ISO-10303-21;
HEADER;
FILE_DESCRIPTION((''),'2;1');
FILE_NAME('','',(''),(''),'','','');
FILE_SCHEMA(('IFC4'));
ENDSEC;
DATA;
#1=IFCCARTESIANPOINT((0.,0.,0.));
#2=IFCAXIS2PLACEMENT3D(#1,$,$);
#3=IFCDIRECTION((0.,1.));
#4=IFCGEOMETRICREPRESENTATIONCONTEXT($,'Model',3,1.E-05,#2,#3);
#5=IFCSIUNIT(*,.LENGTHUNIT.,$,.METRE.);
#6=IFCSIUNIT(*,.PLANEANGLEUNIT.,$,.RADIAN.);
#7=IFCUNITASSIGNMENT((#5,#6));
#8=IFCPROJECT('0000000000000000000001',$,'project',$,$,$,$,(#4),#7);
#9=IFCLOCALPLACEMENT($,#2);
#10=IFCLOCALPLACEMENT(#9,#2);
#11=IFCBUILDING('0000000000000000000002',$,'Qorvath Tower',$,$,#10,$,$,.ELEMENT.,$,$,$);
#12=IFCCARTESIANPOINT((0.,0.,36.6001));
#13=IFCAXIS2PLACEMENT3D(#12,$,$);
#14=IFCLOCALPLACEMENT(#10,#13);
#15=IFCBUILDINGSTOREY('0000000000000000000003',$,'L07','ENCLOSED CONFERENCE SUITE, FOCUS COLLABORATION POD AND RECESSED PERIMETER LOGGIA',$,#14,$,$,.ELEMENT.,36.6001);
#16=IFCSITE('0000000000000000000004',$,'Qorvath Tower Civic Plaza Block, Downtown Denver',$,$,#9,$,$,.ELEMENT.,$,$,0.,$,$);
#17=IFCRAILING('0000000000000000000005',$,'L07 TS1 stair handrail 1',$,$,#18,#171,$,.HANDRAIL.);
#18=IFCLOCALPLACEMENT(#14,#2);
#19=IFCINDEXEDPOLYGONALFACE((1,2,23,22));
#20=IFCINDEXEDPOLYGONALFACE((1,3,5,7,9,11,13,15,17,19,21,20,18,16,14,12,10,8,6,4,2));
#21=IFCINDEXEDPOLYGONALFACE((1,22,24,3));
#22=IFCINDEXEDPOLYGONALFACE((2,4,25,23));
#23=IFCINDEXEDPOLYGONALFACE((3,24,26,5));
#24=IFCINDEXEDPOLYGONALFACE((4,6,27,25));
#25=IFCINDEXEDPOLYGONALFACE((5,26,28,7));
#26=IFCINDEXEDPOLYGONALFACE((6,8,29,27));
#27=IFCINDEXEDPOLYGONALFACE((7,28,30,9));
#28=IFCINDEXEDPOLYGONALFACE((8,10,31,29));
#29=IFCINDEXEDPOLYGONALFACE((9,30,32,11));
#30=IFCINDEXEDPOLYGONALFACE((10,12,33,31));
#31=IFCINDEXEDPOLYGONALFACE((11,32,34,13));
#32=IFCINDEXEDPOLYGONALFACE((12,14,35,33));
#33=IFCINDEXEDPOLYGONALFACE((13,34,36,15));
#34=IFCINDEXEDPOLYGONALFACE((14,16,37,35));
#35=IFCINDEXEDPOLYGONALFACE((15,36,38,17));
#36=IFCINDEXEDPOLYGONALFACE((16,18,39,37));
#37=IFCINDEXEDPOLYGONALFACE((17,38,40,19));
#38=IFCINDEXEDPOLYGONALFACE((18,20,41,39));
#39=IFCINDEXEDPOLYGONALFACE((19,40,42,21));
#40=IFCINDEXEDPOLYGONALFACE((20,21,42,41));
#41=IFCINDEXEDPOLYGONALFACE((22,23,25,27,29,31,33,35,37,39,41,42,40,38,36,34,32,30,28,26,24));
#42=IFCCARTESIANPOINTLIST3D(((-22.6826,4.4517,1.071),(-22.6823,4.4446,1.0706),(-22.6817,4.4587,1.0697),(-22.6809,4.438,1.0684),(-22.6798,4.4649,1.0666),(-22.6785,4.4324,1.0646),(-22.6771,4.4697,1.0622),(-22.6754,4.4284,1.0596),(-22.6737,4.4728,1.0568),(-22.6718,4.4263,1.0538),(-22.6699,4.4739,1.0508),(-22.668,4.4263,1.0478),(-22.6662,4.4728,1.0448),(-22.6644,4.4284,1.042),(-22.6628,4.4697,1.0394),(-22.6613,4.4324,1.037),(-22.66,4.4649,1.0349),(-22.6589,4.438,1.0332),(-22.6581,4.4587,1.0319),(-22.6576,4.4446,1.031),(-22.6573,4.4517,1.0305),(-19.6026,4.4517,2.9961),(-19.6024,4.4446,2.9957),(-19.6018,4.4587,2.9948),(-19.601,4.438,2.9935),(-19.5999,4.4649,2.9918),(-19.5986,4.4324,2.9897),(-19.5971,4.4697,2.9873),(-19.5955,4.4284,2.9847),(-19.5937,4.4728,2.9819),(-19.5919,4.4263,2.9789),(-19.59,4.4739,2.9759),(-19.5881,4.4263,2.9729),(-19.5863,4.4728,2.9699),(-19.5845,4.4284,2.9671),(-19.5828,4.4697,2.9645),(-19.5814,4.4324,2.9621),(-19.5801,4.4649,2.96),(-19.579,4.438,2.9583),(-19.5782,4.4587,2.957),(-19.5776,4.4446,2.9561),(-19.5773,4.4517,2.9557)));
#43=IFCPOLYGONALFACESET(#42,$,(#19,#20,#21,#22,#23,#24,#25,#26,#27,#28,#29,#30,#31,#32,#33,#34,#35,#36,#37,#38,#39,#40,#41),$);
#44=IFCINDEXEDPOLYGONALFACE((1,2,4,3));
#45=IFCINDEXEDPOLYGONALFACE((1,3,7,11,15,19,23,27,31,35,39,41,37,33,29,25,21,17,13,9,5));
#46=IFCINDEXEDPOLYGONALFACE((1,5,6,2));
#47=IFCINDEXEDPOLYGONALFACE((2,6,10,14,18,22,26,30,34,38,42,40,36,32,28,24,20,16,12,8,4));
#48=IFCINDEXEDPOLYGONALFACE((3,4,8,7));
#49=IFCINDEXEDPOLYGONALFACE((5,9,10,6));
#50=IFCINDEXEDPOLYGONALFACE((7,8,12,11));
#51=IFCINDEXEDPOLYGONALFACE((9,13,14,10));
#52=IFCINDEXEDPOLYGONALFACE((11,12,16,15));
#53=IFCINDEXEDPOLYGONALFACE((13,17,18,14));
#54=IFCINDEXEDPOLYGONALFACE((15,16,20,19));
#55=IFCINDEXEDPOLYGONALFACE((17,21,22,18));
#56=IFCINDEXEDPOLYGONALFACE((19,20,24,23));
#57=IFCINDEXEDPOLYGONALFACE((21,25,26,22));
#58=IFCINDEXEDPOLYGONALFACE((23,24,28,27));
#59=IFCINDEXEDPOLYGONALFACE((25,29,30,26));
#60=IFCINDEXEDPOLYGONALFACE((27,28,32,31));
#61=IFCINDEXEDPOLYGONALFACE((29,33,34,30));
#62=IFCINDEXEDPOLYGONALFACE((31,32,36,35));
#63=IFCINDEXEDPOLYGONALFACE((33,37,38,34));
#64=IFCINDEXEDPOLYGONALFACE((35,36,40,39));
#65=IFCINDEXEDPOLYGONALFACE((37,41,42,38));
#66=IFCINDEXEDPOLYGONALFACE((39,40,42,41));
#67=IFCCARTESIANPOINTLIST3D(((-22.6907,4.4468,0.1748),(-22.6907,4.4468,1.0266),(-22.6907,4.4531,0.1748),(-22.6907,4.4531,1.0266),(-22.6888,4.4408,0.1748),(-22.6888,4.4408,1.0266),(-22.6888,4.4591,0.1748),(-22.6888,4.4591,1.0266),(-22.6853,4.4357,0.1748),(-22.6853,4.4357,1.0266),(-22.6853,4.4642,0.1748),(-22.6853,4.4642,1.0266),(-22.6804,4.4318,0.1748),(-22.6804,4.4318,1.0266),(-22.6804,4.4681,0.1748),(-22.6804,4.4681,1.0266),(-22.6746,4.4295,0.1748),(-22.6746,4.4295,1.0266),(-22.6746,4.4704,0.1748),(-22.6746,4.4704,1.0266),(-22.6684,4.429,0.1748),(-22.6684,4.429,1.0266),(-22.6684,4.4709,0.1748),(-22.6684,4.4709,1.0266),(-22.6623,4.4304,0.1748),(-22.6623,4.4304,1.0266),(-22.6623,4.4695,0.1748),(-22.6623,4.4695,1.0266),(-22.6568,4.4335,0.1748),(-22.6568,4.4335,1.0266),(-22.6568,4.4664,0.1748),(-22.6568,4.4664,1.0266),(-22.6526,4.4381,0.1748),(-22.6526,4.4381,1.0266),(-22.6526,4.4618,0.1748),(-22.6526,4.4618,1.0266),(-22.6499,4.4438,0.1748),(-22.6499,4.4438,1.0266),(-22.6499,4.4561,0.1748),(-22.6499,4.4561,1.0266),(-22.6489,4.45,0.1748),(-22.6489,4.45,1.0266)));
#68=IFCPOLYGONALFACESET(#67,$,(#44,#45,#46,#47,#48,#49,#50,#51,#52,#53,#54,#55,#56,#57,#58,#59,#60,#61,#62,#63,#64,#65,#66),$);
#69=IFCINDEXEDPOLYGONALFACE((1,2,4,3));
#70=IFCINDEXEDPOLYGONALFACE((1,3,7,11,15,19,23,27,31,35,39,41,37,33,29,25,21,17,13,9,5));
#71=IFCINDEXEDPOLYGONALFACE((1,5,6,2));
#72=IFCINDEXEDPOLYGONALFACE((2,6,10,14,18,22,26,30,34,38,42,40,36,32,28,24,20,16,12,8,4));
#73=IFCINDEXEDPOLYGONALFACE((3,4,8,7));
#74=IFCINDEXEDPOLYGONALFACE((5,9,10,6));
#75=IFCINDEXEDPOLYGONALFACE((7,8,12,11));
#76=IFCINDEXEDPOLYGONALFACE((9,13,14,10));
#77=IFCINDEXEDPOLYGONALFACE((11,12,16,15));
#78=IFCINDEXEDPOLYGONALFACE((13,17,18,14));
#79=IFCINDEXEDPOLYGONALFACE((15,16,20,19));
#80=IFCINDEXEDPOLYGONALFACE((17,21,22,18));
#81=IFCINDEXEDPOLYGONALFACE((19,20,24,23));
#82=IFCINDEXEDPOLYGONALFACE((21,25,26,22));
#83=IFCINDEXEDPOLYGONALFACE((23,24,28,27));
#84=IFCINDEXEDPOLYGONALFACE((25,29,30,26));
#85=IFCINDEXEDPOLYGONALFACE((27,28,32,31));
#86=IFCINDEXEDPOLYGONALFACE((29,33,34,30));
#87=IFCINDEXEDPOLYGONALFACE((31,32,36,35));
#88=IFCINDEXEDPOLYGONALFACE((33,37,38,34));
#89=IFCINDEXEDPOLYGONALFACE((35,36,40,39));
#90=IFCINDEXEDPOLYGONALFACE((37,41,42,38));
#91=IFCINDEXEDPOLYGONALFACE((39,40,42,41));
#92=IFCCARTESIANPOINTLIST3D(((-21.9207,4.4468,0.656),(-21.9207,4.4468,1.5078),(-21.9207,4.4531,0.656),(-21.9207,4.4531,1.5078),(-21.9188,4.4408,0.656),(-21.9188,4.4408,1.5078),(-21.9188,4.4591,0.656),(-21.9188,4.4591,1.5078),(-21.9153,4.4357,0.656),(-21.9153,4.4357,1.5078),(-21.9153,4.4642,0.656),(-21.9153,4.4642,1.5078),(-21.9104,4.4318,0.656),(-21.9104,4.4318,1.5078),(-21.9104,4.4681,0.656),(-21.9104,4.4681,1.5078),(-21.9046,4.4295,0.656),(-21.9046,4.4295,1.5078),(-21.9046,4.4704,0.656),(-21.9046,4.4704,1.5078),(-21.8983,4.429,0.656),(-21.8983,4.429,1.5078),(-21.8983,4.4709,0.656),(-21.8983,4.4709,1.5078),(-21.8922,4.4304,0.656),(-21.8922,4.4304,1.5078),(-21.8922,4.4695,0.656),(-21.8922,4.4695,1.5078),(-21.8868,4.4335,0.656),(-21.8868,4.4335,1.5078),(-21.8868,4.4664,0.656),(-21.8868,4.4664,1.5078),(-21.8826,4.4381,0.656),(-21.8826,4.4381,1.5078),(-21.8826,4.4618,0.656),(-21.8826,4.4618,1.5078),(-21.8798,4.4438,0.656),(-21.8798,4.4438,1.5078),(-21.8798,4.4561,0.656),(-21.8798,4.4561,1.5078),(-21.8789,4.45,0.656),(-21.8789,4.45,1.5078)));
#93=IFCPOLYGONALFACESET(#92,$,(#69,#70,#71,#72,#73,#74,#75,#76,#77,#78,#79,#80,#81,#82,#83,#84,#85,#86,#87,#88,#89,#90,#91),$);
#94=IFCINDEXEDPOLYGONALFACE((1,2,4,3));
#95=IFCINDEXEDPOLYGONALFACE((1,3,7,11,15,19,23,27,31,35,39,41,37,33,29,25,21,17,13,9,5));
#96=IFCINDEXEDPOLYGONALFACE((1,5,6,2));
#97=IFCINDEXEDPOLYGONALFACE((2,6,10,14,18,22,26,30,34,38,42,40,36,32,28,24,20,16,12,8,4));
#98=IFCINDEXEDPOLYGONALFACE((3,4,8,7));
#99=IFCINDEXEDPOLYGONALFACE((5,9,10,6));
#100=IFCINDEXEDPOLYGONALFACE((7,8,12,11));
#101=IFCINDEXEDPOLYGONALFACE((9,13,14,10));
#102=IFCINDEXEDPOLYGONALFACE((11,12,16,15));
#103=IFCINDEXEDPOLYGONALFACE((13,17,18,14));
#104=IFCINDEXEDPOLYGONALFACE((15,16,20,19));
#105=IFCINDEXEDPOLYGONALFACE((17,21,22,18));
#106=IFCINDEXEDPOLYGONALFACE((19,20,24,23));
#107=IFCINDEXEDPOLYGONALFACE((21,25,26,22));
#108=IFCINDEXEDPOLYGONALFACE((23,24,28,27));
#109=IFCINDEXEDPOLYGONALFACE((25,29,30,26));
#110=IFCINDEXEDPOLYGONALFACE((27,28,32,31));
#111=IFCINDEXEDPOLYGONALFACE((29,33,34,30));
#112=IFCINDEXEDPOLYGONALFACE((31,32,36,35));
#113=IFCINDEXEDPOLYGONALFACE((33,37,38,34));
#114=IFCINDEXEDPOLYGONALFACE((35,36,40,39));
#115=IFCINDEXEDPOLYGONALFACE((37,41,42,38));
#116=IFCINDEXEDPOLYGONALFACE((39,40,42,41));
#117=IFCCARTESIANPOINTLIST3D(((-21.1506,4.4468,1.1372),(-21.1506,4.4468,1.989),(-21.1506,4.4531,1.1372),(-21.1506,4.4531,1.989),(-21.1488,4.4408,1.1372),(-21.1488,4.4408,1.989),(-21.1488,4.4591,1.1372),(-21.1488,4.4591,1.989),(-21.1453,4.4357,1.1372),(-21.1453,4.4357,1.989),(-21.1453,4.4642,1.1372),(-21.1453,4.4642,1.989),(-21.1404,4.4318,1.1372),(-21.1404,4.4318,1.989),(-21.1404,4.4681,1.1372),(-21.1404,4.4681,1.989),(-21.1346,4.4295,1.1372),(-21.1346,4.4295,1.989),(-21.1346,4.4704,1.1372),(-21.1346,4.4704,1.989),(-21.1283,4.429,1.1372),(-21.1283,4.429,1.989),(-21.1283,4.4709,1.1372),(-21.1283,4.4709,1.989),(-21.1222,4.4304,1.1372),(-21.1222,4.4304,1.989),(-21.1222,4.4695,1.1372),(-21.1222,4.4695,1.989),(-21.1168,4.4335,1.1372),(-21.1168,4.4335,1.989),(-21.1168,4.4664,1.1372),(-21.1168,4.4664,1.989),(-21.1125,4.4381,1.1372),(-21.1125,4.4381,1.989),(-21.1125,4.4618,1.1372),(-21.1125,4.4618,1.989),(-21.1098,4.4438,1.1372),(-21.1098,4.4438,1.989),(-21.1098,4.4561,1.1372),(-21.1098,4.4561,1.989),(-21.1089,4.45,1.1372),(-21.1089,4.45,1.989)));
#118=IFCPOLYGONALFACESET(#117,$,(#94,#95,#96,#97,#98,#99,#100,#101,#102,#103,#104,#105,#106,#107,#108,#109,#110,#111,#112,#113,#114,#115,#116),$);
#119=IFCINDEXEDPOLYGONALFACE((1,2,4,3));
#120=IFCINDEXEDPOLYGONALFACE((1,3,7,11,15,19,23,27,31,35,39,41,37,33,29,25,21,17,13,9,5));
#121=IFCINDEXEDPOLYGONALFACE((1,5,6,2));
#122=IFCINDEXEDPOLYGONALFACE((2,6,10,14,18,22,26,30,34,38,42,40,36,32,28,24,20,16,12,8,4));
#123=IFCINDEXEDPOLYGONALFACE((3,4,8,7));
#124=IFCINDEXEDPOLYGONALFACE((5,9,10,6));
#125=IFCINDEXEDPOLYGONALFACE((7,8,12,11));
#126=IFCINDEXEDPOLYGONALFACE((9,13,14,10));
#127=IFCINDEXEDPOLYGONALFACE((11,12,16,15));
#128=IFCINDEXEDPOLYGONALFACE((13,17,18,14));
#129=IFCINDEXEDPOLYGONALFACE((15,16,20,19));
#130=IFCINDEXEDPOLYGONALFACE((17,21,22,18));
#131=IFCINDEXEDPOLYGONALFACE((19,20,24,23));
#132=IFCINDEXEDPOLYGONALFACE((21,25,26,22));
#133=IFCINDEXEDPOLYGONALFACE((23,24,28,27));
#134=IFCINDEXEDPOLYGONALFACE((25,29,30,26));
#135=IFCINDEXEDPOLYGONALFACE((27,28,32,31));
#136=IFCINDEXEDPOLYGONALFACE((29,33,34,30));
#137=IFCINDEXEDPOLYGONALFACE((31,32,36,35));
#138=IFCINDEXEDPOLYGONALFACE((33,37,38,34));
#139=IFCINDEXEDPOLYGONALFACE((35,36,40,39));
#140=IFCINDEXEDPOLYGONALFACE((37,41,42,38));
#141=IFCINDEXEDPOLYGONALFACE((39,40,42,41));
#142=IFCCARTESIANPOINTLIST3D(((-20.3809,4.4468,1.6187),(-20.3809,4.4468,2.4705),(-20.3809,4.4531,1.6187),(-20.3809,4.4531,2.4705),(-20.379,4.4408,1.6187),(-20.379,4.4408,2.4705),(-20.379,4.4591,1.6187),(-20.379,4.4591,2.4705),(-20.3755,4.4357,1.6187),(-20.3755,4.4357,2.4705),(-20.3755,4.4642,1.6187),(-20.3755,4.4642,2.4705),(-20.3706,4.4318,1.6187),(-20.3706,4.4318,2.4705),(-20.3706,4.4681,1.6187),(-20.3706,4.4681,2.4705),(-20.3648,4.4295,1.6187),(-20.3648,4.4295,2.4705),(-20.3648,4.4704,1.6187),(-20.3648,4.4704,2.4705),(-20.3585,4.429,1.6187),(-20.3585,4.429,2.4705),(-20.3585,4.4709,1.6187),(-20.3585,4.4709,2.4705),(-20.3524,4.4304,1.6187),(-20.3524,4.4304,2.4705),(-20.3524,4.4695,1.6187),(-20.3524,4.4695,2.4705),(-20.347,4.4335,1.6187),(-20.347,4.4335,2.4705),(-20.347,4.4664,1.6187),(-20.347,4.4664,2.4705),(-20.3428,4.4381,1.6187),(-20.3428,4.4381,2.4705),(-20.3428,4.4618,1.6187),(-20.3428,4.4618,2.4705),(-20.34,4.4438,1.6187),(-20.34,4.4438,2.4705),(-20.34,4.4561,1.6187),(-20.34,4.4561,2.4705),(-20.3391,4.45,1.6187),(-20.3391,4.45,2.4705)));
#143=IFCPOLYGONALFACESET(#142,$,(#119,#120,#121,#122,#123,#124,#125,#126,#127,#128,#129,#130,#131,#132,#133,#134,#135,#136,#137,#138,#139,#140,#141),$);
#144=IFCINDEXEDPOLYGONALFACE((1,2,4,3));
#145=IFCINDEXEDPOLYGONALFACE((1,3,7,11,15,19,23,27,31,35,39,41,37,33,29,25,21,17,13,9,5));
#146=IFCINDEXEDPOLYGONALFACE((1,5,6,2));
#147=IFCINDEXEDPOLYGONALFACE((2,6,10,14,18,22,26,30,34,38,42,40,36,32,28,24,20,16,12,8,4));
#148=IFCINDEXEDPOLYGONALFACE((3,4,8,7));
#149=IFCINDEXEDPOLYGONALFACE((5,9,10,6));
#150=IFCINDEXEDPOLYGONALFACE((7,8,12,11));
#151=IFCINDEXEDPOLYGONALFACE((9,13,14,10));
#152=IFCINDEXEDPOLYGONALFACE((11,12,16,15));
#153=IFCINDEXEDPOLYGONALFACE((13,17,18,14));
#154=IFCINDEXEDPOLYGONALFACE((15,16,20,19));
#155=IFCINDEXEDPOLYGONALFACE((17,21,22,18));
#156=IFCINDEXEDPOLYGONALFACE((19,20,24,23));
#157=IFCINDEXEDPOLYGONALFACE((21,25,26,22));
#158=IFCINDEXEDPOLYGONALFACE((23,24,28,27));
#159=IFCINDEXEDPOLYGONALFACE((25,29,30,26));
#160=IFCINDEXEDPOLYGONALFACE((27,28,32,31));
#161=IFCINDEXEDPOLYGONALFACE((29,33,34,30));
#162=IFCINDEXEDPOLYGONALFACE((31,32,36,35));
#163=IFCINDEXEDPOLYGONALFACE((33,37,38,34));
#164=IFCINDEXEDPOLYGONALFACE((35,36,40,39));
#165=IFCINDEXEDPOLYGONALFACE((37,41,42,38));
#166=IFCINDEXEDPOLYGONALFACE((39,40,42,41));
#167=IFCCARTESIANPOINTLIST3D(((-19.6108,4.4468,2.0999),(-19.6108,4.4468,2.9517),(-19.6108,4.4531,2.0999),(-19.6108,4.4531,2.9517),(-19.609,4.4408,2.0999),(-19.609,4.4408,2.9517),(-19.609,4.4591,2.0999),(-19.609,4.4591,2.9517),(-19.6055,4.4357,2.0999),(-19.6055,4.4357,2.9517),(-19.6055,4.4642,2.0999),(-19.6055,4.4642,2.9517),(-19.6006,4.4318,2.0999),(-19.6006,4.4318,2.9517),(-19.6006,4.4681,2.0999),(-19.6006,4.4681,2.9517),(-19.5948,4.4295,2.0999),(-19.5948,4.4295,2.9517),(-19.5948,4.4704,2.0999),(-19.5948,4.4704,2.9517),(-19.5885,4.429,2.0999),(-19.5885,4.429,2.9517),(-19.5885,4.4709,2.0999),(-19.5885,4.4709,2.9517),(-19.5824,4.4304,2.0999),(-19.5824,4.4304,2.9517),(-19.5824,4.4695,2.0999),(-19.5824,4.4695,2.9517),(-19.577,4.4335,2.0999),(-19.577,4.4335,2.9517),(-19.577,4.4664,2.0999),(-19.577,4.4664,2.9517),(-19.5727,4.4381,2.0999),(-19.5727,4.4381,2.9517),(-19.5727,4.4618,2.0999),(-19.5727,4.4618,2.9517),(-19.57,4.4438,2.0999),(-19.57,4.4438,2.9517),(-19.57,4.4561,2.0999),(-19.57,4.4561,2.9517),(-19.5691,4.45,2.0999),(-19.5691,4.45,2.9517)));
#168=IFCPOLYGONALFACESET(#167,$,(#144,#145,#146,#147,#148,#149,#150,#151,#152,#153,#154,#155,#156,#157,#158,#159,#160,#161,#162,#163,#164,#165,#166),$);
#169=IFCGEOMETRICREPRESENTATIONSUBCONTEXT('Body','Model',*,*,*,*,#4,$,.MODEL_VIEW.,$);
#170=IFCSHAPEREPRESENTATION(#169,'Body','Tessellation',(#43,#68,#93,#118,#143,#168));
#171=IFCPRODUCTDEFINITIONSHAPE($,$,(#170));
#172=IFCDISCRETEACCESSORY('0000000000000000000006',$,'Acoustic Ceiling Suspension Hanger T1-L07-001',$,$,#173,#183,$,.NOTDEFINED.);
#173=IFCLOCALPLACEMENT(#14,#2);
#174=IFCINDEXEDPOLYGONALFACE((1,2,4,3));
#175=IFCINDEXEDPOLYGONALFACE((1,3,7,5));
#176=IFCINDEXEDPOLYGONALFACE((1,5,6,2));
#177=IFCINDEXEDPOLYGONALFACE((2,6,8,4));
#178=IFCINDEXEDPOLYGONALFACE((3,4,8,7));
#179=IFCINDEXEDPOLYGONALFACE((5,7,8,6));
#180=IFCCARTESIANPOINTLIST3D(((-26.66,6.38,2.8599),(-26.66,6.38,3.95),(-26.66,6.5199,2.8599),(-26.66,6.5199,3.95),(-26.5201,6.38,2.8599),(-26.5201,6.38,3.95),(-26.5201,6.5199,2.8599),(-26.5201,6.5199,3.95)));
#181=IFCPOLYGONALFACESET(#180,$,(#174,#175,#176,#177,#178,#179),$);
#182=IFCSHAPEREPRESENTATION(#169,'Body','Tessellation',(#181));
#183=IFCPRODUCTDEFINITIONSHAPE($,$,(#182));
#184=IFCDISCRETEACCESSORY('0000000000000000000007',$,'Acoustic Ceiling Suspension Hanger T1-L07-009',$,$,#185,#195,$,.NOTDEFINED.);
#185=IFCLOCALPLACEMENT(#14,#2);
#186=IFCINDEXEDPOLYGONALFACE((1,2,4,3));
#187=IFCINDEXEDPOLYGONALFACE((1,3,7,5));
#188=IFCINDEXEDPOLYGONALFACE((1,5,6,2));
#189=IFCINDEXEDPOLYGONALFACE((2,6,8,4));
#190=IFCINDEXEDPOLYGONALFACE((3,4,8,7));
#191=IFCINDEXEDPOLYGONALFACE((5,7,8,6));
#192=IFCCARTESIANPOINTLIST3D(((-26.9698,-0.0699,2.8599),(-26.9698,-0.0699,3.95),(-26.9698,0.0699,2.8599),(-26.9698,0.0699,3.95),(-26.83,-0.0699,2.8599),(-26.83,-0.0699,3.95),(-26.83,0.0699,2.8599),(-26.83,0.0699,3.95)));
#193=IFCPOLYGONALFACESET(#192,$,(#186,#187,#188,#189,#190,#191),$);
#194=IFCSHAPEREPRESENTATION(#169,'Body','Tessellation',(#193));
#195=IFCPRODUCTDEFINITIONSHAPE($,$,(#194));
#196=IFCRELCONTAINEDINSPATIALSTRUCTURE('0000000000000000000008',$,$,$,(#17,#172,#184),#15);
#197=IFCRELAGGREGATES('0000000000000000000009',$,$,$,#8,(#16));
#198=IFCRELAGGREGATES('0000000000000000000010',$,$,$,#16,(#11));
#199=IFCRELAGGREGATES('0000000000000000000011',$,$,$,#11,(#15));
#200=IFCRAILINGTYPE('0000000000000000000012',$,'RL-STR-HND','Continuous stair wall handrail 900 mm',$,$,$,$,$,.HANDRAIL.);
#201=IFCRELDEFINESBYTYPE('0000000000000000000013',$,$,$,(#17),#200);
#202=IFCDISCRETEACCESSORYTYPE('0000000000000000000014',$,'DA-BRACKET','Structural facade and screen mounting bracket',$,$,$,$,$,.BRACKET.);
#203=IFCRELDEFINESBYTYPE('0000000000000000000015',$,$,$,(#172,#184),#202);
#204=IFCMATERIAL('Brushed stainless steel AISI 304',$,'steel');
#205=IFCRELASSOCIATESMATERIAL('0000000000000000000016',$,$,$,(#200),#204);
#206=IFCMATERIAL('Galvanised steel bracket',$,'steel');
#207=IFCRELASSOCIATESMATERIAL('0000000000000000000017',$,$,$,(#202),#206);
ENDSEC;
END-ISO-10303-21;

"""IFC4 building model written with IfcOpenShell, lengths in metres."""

from ifc_helpers import new_model, si_unit, direction, frame, origin, origin_2d, place, context, subcontext, project, spatial, rectangle, circle, extrude, material, type_object, element, save


model = new_model("IFC4")

# Units and contexts
model_context = context("Model", 3, precision=1e-05, world=origin(), true_north=direction((0.0, 1.0)))
body_context = subcontext(model_context, "Body", "Model", "MODEL_VIEW")
ifc_project = project(units=[si_unit("LENGTHUNIT", "METRE"), si_unit("PLANEANGLEUNIT", "RADIAN")], contexts=[model_context])

# Site, building, storey
site_placement = place(None, origin())
site = spatial("IfcSite", under=ifc_project, at=site_placement, Name="Qorvath Tower Civic Plaza Block, Downtown Denver", CompositionType="ELEMENT", RefElevation=0.0)
building_placement = place(site_placement, origin())
building = spatial("IfcBuilding", under=site, at=building_placement, Name="Qorvath Tower", CompositionType="ELEMENT")
storey_placement = place(building_placement, frame((0.0, 0.0, 36.6001)))
storey = spatial("IfcBuildingStorey", under=building, at=storey_placement, Name="L07", Description="ENCLOSED CONFERENCE SUITE, FOCUS COLLABORATION POD AND RECESSED PERIMETER LOGGIA", CompositionType="ELEMENT", Elevation=36.6001)

# Railing
ifc_material_1 = material(Name="Brushed stainless steel AISI 304", Category="steel")
railing_type_1 = type_object("IfcRailingType", Name="RL-STR-HND", Description="Continuous stair wall handrail 900 mm", PredefinedType="HANDRAIL", material=ifc_material_1)
railing_1_placement = place(storey_placement, frame((-22.6699, 4.45, 0.1748)))
element("IfcRailing", 1, at=railing_1_placement, inside=storey, type_object=railing_type_1, Name="L07 TS1 stair handrail 1", PredefinedType="HANDRAIL", context=body_context, shape_type="SweptSolid", body=[
    extrude(circle(Radius=0.0239, at=origin_2d()), frame((0.0, 0.0, 0.876), z_axis=(0.847979, 0.0, 0.530029), x_axis=(0.0, 1.0, 0.0)), (0.0, 0.0, 1.0), 3.6321),
    extrude(circle(Radius=0.021, at=origin_2d()), origin(), (0.0, 0.0, 1.0), 0.8518),
    extrude(circle(Radius=0.021, at=origin_2d()), frame((0.77, 0.0, 0.4812)), (0.0, 0.0, 1.0), 0.8518),
    extrude(circle(Radius=0.021, at=origin_2d()), frame((1.54, 0.0, 0.9624)), (0.0, 0.0, 1.0), 0.8518),
    extrude(circle(Radius=0.021, at=origin_2d()), frame((2.3098, 0.0, 1.4438)), (0.0, 0.0, 1.0), 0.8518),
    extrude(circle(Radius=0.021, at=origin_2d()), frame((3.0798, 0.0, 1.925)), (0.0, 0.0, 1.0), 0.8518),
])

# Discrete accessories
ifc_material_2 = material(Name="Galvanised steel bracket", Category="steel")
discrete_accessory_type = type_object("IfcDiscreteAccessoryType", Name="DA-BRACKET", Description="Structural facade and screen mounting bracket", PredefinedType="BRACKET", material=ifc_material_2)
for number, where, z_axis, x_axis, name in (
    (2, (-26.5901, 6.45, 2.8599), (0.0, 0.0, 1.0), (1.0, 0.0, 0.0), "Acoustic Ceiling Suspension Hanger T1-L07-001"),
    (3, (-26.8999, 0.0, 2.8599), (0.0, 0.0, 1.0), (1.0, 0.0, 0.0), "Acoustic Ceiling Suspension Hanger T1-L07-009"),
):
    element("IfcDiscreteAccessory", number, at=place(storey_placement, frame(where, z_axis=z_axis, x_axis=x_axis)), inside=storey, type_object=discrete_accessory_type, Name=name, PredefinedType="NOTDEFINED", context=body_context, shape_type="SweptSolid", body=[
        extrude(rectangle(XDim=0.1399, YDim=0.1399, at=origin_2d()), origin(), (0.0, 0.0, 1.0), 1.0901),
    ])

save(model, "model.ifc")
